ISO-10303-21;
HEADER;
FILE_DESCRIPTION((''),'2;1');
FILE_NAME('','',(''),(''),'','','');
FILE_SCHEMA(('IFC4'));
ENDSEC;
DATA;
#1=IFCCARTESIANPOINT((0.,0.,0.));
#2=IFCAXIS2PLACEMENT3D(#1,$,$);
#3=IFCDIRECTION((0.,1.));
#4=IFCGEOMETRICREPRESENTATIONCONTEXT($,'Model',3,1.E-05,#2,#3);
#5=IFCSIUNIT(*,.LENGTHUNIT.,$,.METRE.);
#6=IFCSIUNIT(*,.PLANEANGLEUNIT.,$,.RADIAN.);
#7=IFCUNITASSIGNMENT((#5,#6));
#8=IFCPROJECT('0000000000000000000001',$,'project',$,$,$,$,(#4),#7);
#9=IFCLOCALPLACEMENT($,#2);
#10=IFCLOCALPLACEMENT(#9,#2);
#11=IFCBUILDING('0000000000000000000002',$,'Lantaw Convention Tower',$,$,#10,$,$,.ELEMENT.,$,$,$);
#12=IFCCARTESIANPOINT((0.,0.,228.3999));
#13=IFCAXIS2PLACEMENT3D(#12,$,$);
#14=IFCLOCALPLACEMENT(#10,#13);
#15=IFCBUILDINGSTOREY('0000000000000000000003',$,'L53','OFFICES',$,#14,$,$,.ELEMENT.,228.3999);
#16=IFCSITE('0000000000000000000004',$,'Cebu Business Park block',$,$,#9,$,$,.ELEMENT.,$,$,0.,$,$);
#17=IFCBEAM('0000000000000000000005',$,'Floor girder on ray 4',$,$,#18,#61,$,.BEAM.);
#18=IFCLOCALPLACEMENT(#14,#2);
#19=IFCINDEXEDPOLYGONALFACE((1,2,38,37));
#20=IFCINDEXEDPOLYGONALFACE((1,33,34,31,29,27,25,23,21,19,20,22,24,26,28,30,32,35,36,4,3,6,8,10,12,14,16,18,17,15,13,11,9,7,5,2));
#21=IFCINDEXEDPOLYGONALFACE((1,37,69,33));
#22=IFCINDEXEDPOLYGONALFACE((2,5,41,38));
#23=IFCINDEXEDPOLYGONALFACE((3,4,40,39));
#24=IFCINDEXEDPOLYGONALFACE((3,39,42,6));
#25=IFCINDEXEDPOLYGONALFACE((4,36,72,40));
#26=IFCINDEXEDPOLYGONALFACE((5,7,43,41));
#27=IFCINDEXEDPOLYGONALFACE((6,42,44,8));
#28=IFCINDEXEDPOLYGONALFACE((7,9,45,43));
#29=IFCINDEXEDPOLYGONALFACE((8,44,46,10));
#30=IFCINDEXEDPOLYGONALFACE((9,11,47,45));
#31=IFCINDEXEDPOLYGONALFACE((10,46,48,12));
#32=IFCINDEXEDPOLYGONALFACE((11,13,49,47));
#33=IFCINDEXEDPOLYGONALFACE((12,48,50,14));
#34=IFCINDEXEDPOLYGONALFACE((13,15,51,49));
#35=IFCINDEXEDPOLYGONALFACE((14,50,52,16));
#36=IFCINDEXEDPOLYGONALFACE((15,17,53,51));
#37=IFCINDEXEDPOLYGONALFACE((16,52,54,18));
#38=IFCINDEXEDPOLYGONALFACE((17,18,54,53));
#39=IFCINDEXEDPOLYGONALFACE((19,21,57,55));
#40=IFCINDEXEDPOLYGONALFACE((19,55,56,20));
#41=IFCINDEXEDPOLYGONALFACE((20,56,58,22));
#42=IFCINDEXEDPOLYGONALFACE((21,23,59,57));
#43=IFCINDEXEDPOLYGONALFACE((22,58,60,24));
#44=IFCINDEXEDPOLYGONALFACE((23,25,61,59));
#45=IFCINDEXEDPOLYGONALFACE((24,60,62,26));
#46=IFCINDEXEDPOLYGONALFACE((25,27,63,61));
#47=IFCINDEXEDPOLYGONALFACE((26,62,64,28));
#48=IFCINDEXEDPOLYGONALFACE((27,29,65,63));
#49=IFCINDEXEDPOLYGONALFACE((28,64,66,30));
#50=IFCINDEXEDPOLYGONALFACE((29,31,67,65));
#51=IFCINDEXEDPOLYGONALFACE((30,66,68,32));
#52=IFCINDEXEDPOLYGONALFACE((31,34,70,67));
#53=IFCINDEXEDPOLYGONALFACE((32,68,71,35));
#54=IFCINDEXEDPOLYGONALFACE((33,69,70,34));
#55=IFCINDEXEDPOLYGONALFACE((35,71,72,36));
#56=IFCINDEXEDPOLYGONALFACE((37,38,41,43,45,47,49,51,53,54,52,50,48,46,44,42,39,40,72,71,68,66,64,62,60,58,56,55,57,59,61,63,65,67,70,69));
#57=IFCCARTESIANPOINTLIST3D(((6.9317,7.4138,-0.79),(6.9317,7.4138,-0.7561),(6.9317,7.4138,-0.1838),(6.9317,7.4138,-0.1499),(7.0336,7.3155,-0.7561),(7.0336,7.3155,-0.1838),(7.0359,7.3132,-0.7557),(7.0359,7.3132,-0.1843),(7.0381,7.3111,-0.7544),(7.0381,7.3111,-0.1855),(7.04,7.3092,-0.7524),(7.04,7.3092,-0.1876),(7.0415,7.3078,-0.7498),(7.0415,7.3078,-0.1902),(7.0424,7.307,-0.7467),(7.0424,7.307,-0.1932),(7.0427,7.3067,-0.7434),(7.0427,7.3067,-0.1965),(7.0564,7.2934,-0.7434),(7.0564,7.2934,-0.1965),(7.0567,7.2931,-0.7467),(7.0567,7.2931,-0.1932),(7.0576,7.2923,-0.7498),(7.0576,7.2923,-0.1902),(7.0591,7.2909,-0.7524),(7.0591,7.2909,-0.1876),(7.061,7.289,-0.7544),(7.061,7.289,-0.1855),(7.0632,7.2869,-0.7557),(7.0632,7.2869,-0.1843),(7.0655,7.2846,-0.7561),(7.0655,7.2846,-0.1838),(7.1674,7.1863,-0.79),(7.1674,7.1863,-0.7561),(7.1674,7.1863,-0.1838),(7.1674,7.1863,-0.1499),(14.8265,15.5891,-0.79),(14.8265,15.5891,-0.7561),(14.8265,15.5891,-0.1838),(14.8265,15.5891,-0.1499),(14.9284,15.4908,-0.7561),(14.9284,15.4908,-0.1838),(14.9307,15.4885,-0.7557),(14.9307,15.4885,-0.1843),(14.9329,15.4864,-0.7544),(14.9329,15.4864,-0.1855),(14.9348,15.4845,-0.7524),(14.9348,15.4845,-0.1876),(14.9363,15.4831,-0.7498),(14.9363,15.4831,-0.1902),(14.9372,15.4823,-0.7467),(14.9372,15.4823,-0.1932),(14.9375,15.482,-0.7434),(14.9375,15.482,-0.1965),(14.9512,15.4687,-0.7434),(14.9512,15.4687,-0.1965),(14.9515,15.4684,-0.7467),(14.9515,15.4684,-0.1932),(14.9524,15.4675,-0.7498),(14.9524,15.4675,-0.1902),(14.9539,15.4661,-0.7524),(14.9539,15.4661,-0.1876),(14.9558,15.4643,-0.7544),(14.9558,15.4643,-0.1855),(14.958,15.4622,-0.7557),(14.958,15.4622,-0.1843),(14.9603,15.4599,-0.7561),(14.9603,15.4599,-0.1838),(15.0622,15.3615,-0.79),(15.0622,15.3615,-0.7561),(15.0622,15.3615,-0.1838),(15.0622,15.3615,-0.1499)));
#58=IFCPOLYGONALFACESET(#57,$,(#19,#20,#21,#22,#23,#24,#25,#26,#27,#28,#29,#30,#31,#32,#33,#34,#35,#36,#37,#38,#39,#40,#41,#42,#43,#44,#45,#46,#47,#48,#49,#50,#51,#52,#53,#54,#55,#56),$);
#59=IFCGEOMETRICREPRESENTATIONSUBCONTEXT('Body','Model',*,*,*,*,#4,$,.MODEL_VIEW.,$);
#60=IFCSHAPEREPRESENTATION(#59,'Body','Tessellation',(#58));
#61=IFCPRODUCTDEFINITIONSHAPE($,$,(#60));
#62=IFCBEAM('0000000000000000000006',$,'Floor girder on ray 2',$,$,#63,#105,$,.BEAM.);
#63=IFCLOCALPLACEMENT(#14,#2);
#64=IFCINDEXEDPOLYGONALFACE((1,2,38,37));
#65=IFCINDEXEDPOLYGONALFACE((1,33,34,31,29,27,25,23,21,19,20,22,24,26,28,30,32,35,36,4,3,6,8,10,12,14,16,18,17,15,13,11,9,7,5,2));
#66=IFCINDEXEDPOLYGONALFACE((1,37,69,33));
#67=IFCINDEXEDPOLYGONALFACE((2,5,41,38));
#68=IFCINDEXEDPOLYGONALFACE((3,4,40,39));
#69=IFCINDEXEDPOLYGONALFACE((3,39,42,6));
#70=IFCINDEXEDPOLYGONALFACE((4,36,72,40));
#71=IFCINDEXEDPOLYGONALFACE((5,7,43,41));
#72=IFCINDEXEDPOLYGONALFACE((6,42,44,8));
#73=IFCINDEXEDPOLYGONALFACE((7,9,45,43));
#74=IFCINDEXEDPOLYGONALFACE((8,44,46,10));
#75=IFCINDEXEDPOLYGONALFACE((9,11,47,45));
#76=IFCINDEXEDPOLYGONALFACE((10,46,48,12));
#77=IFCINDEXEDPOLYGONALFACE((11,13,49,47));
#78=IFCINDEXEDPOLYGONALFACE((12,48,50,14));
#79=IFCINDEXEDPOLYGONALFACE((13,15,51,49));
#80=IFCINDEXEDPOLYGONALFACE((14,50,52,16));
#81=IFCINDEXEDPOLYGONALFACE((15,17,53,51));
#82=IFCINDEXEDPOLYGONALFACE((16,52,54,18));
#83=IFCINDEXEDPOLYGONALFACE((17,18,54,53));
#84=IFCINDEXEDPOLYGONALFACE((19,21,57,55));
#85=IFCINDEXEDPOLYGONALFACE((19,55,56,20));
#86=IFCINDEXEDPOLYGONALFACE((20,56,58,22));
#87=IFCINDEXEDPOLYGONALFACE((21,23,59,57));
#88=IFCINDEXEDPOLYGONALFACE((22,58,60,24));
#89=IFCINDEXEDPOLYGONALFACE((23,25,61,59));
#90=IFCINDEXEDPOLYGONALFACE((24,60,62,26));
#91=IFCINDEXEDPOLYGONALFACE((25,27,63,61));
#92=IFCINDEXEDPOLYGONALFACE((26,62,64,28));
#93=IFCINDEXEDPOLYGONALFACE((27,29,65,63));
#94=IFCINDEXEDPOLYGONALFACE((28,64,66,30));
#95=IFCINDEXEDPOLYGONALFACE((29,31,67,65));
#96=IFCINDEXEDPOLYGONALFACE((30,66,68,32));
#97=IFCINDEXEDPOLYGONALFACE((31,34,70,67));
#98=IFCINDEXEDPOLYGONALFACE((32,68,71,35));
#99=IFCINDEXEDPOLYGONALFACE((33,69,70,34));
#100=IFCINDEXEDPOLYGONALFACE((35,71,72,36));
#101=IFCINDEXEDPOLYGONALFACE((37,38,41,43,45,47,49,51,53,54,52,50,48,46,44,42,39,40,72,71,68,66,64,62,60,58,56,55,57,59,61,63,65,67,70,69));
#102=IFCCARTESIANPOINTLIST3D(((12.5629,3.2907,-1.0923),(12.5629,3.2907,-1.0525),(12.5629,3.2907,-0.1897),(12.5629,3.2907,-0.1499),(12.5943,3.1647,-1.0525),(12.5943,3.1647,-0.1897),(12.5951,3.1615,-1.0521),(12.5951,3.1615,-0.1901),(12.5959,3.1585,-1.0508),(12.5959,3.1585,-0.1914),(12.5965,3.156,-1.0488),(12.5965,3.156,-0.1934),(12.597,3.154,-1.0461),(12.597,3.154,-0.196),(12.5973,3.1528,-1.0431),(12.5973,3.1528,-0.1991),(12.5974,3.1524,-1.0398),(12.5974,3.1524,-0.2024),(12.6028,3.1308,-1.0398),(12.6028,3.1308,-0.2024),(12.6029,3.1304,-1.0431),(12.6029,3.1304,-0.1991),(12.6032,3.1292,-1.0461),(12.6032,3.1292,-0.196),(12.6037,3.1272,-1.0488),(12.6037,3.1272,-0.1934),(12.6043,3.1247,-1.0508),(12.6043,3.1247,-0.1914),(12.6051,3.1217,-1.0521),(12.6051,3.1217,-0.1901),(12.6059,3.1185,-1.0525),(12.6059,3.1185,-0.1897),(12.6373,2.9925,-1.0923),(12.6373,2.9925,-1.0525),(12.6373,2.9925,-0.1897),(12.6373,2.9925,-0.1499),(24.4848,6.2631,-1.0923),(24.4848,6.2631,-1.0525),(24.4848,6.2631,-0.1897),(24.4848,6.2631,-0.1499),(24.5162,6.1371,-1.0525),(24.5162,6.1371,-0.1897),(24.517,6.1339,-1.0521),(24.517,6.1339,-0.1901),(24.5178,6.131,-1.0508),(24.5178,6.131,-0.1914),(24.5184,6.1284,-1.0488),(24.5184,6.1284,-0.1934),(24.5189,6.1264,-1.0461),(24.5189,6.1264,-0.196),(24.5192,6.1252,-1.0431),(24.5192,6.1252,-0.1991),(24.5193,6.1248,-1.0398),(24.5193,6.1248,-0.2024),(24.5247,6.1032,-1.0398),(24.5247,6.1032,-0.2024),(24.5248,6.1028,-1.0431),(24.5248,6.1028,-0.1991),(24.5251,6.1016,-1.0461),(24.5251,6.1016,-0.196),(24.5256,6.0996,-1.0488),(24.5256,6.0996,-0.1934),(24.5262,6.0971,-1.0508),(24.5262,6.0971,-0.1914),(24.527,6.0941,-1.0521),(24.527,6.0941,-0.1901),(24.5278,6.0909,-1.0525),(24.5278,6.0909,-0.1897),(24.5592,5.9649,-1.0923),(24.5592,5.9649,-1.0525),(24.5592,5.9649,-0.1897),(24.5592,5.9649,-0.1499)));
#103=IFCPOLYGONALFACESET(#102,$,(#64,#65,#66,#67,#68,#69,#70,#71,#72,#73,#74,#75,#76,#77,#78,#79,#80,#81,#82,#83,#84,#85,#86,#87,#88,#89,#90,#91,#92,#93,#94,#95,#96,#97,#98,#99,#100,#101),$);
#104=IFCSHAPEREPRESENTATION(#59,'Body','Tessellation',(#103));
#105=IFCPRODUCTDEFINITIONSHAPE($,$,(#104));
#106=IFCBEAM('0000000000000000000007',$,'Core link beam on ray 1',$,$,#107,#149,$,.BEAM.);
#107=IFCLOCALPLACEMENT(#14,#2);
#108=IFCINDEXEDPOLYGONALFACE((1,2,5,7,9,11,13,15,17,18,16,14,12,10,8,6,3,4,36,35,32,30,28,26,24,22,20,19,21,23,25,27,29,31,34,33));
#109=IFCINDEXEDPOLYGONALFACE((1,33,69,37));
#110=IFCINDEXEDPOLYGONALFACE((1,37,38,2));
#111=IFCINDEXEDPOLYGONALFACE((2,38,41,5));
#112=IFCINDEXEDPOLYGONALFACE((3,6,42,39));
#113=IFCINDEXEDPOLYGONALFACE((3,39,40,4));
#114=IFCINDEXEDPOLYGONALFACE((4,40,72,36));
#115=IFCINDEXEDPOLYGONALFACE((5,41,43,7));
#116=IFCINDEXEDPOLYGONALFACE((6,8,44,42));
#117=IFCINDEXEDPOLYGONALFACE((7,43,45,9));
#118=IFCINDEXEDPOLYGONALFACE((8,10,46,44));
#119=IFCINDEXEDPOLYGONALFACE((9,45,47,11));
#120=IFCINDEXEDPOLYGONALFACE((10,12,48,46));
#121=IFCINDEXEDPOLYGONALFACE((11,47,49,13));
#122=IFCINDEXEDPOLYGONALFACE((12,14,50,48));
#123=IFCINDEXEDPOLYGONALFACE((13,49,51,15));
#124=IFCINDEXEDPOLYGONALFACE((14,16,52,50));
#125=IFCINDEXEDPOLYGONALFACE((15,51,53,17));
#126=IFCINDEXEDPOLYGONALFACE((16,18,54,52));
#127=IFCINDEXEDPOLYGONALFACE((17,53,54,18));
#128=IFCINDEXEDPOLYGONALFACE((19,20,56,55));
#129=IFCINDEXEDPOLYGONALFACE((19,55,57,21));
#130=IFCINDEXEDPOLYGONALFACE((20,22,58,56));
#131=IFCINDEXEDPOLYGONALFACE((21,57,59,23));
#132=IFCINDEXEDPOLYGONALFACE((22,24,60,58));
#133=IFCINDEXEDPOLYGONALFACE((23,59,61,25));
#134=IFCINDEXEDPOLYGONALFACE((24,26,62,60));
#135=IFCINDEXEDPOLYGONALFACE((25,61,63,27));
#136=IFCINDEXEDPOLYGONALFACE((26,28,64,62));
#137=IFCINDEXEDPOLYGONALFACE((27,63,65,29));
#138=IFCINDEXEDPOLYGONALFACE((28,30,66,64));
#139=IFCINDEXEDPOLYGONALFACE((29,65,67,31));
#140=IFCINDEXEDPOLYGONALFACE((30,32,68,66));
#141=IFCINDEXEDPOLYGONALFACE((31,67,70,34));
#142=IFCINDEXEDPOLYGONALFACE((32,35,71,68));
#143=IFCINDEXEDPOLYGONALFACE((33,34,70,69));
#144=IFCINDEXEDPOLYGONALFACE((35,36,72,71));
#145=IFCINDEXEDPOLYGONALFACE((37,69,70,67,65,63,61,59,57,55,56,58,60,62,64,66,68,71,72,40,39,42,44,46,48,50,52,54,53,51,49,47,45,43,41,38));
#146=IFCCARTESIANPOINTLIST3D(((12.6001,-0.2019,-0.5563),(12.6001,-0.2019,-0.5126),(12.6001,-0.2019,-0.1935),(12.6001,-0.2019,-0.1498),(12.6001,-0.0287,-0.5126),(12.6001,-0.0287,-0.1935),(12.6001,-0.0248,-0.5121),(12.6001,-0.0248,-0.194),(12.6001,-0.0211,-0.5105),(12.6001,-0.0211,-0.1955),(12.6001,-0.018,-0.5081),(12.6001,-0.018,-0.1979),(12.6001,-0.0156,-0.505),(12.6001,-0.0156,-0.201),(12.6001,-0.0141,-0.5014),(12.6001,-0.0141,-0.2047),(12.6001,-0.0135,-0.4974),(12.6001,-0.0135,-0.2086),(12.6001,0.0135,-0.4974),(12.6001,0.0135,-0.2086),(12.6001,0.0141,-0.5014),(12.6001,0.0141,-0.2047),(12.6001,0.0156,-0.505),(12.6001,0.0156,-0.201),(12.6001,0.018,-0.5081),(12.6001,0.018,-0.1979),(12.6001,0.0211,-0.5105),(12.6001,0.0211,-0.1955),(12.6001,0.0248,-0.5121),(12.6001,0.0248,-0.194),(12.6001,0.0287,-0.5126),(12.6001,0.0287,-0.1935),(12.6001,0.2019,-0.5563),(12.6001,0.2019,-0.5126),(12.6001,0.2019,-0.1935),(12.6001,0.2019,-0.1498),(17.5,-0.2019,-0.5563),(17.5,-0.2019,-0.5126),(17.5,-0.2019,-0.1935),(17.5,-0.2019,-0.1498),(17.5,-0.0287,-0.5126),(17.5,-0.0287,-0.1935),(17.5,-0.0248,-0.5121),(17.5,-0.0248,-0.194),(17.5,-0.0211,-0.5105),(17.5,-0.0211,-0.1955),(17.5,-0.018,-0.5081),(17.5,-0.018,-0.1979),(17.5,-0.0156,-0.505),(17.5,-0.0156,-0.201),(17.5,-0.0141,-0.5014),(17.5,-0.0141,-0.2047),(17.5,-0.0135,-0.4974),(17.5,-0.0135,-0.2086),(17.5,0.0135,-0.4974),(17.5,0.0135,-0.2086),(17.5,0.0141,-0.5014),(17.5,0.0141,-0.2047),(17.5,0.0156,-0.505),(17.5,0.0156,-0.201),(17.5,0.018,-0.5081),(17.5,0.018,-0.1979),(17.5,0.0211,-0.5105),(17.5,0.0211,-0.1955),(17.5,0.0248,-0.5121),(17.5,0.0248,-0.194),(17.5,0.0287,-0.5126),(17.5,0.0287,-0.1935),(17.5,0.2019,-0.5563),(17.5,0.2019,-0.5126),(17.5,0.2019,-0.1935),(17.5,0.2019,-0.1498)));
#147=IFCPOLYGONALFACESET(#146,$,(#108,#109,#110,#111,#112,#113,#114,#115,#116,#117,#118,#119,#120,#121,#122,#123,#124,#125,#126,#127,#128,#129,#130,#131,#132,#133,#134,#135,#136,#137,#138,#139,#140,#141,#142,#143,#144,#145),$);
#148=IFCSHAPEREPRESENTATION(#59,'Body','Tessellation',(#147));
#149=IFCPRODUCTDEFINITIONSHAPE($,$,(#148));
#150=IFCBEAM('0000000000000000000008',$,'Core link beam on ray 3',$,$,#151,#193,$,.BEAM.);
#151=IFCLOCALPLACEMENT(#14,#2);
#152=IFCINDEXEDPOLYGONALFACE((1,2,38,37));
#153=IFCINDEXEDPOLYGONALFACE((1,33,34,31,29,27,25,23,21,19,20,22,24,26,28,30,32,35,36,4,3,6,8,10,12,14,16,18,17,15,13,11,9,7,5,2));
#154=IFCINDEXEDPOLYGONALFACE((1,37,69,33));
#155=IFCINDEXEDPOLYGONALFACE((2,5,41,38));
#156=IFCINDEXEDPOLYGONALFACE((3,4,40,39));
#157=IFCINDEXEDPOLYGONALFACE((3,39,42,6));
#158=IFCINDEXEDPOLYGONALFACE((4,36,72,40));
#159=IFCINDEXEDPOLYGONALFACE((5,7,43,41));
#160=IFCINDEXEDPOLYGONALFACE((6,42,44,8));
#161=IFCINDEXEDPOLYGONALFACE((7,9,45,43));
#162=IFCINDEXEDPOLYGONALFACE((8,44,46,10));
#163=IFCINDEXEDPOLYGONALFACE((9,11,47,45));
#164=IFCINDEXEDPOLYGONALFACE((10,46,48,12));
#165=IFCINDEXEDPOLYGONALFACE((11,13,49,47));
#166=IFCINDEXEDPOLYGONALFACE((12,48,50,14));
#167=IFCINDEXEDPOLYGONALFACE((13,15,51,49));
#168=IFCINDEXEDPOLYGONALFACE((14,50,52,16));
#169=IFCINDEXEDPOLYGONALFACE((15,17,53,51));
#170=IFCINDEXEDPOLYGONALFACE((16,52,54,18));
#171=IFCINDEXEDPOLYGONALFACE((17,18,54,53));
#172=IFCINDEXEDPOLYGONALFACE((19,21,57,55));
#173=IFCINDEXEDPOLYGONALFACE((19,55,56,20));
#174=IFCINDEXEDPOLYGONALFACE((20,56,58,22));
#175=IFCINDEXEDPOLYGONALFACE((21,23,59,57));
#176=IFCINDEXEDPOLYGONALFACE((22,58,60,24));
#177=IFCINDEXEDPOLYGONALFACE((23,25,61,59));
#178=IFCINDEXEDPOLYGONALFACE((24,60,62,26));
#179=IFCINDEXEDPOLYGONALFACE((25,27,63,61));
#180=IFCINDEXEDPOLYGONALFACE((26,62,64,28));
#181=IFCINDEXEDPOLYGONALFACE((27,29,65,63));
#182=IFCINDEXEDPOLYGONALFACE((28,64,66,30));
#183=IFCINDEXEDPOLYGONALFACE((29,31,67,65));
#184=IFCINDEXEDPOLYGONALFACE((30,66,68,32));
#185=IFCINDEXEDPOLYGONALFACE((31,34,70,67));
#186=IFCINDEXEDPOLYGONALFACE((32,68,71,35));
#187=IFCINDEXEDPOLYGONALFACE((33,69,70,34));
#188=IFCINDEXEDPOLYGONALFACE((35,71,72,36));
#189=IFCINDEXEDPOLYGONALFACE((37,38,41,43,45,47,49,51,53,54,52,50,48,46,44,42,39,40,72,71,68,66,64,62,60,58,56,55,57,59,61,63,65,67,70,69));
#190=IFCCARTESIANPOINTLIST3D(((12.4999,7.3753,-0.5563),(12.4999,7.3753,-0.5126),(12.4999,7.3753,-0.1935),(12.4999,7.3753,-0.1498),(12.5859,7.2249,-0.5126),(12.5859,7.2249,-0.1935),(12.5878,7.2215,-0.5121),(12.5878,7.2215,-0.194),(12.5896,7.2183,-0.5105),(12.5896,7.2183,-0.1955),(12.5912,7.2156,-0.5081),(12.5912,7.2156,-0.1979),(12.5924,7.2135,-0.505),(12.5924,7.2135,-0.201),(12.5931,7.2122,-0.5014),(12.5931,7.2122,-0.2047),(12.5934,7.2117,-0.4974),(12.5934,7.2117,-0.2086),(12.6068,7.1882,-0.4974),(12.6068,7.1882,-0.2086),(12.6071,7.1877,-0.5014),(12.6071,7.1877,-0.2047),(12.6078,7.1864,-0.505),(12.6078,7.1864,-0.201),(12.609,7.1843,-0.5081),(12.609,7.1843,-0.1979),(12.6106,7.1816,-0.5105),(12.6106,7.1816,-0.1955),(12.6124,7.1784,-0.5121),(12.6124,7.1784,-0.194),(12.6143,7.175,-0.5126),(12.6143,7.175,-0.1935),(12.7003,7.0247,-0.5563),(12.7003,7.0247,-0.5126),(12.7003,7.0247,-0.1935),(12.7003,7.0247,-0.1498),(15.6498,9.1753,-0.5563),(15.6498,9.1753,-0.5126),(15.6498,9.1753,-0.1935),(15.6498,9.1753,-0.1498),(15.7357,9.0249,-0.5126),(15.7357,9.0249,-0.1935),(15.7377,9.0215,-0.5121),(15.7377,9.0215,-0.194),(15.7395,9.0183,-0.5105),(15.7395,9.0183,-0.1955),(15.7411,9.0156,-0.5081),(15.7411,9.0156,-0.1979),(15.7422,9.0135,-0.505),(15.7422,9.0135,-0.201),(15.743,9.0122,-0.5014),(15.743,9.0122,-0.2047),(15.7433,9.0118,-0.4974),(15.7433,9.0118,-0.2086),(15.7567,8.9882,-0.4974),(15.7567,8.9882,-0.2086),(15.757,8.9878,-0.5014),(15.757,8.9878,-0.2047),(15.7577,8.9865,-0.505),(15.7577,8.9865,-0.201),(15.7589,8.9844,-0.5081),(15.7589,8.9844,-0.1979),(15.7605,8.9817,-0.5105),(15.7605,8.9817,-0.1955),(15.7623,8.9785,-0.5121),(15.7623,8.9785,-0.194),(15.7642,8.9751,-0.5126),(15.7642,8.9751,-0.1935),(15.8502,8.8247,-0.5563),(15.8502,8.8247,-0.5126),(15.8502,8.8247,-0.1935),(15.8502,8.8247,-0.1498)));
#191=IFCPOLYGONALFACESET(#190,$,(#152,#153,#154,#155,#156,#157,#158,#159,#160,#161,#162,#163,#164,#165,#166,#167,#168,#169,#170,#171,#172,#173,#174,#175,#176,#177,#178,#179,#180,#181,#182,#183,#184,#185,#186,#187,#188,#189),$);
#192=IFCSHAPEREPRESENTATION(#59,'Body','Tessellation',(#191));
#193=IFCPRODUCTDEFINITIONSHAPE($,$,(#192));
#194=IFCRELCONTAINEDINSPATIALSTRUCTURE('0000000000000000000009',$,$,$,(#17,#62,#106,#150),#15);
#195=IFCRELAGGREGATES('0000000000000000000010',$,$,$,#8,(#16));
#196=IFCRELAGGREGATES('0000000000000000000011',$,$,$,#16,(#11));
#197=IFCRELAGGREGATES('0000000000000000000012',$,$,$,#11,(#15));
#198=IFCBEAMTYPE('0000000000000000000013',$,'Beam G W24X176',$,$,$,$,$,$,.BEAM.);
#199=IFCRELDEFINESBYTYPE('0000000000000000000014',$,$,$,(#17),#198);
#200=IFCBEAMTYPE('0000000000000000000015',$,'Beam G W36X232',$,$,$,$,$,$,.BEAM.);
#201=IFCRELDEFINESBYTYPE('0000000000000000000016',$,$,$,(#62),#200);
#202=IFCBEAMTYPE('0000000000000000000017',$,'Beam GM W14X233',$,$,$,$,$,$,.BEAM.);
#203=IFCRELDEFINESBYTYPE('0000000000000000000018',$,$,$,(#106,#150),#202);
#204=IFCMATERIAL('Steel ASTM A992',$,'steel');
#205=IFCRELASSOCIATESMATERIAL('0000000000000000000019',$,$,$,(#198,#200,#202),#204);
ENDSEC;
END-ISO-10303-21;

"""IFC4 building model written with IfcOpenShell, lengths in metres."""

from ifc_helpers import new_model, si_unit, direction, frame, origin, origin_2d, place, context, subcontext, project, spatial, i_section, extrude, material, material_profile, profile_set, type_object, element, save


model = new_model("IFC4")

# Units and contexts
model_context = context("Model", 3, precision=1e-05, world=origin(), true_north=direction((0.0, 1.0)))
body_context = subcontext(model_context, "Body", "Model", "MODEL_VIEW")
ifc_project = project(units=[si_unit("LENGTHUNIT", "METRE"), si_unit("PLANEANGLEUNIT", "RADIAN")], contexts=[model_context])

# Site, building, storey
site_placement = place(None, origin())
site = spatial("IfcSite", under=ifc_project, at=site_placement, Name="Cebu Business Park block", CompositionType="ELEMENT", RefElevation=0.0)
building_placement = place(site_placement, origin())
building = spatial("IfcBuilding", under=site, at=building_placement, Name="Lantaw Convention Tower", CompositionType="ELEMENT")
storey_placement = place(building_placement, frame((0.0, 0.0, 228.3999)))
storey = spatial("IfcBuildingStorey", under=building, at=storey_placement, Name="L53", Description="OFFICES", CompositionType="ELEMENT", Elevation=228.3999)

# Beams
ifc_material_1 = material(Name="Steel ASTM A992", Category="steel")
ifc_material_profile_1 = material_profile(ifc_material_1, i_section(OverallWidth=0.3276, OverallDepth=0.6401, WebThickness=0.019, FlangeThickness=0.0339, FilletRadius=0.0127, at=origin_2d()), Name="W24X176")
ifc_profile_set_1 = profile_set([ifc_material_profile_1], Name="Steel ASTM A992")
beam_type_1 = type_object("IfcBeamType", Name="Beam G W24X176", PredefinedType="BEAM", material=ifc_profile_set_1)
beam_1_placement = place(storey_placement, frame((7.0496, 7.3, -0.47), z_axis=(0.694658, 0.71934, 0.0), x_axis=(-0.71934, 0.694658, 0.0)))
element("IfcBeam", 1, at=beam_1_placement, inside=storey, type_object=beam_type_1, Name="Floor girder on ray 4", PredefinedType="BEAM", context=body_context, shape_type="SweptSolid", body=[
    extrude(i_section(OverallWidth=0.3276, OverallDepth=0.6401, WebThickness=0.019, FlangeThickness=0.0339, FilletRadius=0.0127, at=origin_2d()), origin(), (0.0, 0.0, 1.0), 11.365),
])
ifc_material_profile_2 = material_profile(ifc_material_1, i_section(OverallWidth=0.3074, OverallDepth=0.9424, WebThickness=0.0222, FlangeThickness=0.0398, FilletRadius=0.0127, at=origin_2d()), Name="W36X232")
ifc_profile_set_2 = profile_set([ifc_material_profile_2], Name="Steel ASTM A992")
beam_type_2 = type_object("IfcBeamType", Name="Beam G W36X232", PredefinedType="BEAM", material=ifc_profile_set_2)
beam_2_placement = place(storey_placement, frame((12.6001, 3.1416, -0.6211), z_axis=(0.970297, 0.241918, 0.0), x_axis=(-0.241918, 0.970297, 0.0)))
element("IfcBeam", 2, at=beam_2_placement, inside=storey, type_object=beam_type_2, Name="Floor girder on ray 2", PredefinedType="BEAM", context=body_context, shape_type="SweptSolid", body=[
    extrude(i_section(OverallWidth=0.3074, OverallDepth=0.9424, WebThickness=0.0222, FlangeThickness=0.0398, FilletRadius=0.0127, at=origin_2d()), origin(), (0.0, 0.0, 1.0), 12.2869),
])
ifc_material_profile_3 = material_profile(ifc_material_1, i_section(OverallWidth=0.4038, OverallDepth=0.4065, WebThickness=0.0271, FlangeThickness=0.0437, FilletRadius=0.0151, at=origin_2d()), Name="W14X233")
ifc_profile_set_3 = profile_set([ifc_material_profile_3], Name="Steel ASTM A992")
beam_type_3 = type_object("IfcBeamType", Name="Beam GM W14X233", PredefinedType="BEAM", material=ifc_profile_set_3)
beam_3_placement = place(storey_placement, frame((12.6001, 0.0, -0.353), z_axis=(1.0, 0.0, 0.0), x_axis=(0.0, 1.0, 0.0)))
element("IfcBeam", 3, at=beam_3_placement, inside=storey, type_object=beam_type_3, Name="Core link beam on ray 1", PredefinedType="BEAM", context=body_context, shape_type="SweptSolid", body=[
    extrude(i_section(OverallWidth=0.4038, OverallDepth=0.4065, WebThickness=0.0271, FlangeThickness=0.0437, FilletRadius=0.0151, at=origin_2d()), origin(), (0.0, 0.0, 1.0), 4.8999),
])
beam_4_placement = place(storey_placement, frame((12.6001, 7.2, -0.353), z_axis=(0.868231, 0.496161, 0.0), x_axis=(-0.496161, 0.868231, 0.0)))
element("IfcBeam", 4, at=beam_4_placement, inside=storey, type_object=beam_type_3, Name="Core link beam on ray 3", PredefinedType="BEAM", context=body_context, shape_type="SweptSolid", body=[
    extrude(i_section(OverallWidth=0.4038, OverallDepth=0.4065, WebThickness=0.0271, FlangeThickness=0.0437, FilletRadius=0.0151, at=origin_2d()), origin(), (0.0, 0.0, 1.0), 3.6279),
])

save(model, "model.ifc")
